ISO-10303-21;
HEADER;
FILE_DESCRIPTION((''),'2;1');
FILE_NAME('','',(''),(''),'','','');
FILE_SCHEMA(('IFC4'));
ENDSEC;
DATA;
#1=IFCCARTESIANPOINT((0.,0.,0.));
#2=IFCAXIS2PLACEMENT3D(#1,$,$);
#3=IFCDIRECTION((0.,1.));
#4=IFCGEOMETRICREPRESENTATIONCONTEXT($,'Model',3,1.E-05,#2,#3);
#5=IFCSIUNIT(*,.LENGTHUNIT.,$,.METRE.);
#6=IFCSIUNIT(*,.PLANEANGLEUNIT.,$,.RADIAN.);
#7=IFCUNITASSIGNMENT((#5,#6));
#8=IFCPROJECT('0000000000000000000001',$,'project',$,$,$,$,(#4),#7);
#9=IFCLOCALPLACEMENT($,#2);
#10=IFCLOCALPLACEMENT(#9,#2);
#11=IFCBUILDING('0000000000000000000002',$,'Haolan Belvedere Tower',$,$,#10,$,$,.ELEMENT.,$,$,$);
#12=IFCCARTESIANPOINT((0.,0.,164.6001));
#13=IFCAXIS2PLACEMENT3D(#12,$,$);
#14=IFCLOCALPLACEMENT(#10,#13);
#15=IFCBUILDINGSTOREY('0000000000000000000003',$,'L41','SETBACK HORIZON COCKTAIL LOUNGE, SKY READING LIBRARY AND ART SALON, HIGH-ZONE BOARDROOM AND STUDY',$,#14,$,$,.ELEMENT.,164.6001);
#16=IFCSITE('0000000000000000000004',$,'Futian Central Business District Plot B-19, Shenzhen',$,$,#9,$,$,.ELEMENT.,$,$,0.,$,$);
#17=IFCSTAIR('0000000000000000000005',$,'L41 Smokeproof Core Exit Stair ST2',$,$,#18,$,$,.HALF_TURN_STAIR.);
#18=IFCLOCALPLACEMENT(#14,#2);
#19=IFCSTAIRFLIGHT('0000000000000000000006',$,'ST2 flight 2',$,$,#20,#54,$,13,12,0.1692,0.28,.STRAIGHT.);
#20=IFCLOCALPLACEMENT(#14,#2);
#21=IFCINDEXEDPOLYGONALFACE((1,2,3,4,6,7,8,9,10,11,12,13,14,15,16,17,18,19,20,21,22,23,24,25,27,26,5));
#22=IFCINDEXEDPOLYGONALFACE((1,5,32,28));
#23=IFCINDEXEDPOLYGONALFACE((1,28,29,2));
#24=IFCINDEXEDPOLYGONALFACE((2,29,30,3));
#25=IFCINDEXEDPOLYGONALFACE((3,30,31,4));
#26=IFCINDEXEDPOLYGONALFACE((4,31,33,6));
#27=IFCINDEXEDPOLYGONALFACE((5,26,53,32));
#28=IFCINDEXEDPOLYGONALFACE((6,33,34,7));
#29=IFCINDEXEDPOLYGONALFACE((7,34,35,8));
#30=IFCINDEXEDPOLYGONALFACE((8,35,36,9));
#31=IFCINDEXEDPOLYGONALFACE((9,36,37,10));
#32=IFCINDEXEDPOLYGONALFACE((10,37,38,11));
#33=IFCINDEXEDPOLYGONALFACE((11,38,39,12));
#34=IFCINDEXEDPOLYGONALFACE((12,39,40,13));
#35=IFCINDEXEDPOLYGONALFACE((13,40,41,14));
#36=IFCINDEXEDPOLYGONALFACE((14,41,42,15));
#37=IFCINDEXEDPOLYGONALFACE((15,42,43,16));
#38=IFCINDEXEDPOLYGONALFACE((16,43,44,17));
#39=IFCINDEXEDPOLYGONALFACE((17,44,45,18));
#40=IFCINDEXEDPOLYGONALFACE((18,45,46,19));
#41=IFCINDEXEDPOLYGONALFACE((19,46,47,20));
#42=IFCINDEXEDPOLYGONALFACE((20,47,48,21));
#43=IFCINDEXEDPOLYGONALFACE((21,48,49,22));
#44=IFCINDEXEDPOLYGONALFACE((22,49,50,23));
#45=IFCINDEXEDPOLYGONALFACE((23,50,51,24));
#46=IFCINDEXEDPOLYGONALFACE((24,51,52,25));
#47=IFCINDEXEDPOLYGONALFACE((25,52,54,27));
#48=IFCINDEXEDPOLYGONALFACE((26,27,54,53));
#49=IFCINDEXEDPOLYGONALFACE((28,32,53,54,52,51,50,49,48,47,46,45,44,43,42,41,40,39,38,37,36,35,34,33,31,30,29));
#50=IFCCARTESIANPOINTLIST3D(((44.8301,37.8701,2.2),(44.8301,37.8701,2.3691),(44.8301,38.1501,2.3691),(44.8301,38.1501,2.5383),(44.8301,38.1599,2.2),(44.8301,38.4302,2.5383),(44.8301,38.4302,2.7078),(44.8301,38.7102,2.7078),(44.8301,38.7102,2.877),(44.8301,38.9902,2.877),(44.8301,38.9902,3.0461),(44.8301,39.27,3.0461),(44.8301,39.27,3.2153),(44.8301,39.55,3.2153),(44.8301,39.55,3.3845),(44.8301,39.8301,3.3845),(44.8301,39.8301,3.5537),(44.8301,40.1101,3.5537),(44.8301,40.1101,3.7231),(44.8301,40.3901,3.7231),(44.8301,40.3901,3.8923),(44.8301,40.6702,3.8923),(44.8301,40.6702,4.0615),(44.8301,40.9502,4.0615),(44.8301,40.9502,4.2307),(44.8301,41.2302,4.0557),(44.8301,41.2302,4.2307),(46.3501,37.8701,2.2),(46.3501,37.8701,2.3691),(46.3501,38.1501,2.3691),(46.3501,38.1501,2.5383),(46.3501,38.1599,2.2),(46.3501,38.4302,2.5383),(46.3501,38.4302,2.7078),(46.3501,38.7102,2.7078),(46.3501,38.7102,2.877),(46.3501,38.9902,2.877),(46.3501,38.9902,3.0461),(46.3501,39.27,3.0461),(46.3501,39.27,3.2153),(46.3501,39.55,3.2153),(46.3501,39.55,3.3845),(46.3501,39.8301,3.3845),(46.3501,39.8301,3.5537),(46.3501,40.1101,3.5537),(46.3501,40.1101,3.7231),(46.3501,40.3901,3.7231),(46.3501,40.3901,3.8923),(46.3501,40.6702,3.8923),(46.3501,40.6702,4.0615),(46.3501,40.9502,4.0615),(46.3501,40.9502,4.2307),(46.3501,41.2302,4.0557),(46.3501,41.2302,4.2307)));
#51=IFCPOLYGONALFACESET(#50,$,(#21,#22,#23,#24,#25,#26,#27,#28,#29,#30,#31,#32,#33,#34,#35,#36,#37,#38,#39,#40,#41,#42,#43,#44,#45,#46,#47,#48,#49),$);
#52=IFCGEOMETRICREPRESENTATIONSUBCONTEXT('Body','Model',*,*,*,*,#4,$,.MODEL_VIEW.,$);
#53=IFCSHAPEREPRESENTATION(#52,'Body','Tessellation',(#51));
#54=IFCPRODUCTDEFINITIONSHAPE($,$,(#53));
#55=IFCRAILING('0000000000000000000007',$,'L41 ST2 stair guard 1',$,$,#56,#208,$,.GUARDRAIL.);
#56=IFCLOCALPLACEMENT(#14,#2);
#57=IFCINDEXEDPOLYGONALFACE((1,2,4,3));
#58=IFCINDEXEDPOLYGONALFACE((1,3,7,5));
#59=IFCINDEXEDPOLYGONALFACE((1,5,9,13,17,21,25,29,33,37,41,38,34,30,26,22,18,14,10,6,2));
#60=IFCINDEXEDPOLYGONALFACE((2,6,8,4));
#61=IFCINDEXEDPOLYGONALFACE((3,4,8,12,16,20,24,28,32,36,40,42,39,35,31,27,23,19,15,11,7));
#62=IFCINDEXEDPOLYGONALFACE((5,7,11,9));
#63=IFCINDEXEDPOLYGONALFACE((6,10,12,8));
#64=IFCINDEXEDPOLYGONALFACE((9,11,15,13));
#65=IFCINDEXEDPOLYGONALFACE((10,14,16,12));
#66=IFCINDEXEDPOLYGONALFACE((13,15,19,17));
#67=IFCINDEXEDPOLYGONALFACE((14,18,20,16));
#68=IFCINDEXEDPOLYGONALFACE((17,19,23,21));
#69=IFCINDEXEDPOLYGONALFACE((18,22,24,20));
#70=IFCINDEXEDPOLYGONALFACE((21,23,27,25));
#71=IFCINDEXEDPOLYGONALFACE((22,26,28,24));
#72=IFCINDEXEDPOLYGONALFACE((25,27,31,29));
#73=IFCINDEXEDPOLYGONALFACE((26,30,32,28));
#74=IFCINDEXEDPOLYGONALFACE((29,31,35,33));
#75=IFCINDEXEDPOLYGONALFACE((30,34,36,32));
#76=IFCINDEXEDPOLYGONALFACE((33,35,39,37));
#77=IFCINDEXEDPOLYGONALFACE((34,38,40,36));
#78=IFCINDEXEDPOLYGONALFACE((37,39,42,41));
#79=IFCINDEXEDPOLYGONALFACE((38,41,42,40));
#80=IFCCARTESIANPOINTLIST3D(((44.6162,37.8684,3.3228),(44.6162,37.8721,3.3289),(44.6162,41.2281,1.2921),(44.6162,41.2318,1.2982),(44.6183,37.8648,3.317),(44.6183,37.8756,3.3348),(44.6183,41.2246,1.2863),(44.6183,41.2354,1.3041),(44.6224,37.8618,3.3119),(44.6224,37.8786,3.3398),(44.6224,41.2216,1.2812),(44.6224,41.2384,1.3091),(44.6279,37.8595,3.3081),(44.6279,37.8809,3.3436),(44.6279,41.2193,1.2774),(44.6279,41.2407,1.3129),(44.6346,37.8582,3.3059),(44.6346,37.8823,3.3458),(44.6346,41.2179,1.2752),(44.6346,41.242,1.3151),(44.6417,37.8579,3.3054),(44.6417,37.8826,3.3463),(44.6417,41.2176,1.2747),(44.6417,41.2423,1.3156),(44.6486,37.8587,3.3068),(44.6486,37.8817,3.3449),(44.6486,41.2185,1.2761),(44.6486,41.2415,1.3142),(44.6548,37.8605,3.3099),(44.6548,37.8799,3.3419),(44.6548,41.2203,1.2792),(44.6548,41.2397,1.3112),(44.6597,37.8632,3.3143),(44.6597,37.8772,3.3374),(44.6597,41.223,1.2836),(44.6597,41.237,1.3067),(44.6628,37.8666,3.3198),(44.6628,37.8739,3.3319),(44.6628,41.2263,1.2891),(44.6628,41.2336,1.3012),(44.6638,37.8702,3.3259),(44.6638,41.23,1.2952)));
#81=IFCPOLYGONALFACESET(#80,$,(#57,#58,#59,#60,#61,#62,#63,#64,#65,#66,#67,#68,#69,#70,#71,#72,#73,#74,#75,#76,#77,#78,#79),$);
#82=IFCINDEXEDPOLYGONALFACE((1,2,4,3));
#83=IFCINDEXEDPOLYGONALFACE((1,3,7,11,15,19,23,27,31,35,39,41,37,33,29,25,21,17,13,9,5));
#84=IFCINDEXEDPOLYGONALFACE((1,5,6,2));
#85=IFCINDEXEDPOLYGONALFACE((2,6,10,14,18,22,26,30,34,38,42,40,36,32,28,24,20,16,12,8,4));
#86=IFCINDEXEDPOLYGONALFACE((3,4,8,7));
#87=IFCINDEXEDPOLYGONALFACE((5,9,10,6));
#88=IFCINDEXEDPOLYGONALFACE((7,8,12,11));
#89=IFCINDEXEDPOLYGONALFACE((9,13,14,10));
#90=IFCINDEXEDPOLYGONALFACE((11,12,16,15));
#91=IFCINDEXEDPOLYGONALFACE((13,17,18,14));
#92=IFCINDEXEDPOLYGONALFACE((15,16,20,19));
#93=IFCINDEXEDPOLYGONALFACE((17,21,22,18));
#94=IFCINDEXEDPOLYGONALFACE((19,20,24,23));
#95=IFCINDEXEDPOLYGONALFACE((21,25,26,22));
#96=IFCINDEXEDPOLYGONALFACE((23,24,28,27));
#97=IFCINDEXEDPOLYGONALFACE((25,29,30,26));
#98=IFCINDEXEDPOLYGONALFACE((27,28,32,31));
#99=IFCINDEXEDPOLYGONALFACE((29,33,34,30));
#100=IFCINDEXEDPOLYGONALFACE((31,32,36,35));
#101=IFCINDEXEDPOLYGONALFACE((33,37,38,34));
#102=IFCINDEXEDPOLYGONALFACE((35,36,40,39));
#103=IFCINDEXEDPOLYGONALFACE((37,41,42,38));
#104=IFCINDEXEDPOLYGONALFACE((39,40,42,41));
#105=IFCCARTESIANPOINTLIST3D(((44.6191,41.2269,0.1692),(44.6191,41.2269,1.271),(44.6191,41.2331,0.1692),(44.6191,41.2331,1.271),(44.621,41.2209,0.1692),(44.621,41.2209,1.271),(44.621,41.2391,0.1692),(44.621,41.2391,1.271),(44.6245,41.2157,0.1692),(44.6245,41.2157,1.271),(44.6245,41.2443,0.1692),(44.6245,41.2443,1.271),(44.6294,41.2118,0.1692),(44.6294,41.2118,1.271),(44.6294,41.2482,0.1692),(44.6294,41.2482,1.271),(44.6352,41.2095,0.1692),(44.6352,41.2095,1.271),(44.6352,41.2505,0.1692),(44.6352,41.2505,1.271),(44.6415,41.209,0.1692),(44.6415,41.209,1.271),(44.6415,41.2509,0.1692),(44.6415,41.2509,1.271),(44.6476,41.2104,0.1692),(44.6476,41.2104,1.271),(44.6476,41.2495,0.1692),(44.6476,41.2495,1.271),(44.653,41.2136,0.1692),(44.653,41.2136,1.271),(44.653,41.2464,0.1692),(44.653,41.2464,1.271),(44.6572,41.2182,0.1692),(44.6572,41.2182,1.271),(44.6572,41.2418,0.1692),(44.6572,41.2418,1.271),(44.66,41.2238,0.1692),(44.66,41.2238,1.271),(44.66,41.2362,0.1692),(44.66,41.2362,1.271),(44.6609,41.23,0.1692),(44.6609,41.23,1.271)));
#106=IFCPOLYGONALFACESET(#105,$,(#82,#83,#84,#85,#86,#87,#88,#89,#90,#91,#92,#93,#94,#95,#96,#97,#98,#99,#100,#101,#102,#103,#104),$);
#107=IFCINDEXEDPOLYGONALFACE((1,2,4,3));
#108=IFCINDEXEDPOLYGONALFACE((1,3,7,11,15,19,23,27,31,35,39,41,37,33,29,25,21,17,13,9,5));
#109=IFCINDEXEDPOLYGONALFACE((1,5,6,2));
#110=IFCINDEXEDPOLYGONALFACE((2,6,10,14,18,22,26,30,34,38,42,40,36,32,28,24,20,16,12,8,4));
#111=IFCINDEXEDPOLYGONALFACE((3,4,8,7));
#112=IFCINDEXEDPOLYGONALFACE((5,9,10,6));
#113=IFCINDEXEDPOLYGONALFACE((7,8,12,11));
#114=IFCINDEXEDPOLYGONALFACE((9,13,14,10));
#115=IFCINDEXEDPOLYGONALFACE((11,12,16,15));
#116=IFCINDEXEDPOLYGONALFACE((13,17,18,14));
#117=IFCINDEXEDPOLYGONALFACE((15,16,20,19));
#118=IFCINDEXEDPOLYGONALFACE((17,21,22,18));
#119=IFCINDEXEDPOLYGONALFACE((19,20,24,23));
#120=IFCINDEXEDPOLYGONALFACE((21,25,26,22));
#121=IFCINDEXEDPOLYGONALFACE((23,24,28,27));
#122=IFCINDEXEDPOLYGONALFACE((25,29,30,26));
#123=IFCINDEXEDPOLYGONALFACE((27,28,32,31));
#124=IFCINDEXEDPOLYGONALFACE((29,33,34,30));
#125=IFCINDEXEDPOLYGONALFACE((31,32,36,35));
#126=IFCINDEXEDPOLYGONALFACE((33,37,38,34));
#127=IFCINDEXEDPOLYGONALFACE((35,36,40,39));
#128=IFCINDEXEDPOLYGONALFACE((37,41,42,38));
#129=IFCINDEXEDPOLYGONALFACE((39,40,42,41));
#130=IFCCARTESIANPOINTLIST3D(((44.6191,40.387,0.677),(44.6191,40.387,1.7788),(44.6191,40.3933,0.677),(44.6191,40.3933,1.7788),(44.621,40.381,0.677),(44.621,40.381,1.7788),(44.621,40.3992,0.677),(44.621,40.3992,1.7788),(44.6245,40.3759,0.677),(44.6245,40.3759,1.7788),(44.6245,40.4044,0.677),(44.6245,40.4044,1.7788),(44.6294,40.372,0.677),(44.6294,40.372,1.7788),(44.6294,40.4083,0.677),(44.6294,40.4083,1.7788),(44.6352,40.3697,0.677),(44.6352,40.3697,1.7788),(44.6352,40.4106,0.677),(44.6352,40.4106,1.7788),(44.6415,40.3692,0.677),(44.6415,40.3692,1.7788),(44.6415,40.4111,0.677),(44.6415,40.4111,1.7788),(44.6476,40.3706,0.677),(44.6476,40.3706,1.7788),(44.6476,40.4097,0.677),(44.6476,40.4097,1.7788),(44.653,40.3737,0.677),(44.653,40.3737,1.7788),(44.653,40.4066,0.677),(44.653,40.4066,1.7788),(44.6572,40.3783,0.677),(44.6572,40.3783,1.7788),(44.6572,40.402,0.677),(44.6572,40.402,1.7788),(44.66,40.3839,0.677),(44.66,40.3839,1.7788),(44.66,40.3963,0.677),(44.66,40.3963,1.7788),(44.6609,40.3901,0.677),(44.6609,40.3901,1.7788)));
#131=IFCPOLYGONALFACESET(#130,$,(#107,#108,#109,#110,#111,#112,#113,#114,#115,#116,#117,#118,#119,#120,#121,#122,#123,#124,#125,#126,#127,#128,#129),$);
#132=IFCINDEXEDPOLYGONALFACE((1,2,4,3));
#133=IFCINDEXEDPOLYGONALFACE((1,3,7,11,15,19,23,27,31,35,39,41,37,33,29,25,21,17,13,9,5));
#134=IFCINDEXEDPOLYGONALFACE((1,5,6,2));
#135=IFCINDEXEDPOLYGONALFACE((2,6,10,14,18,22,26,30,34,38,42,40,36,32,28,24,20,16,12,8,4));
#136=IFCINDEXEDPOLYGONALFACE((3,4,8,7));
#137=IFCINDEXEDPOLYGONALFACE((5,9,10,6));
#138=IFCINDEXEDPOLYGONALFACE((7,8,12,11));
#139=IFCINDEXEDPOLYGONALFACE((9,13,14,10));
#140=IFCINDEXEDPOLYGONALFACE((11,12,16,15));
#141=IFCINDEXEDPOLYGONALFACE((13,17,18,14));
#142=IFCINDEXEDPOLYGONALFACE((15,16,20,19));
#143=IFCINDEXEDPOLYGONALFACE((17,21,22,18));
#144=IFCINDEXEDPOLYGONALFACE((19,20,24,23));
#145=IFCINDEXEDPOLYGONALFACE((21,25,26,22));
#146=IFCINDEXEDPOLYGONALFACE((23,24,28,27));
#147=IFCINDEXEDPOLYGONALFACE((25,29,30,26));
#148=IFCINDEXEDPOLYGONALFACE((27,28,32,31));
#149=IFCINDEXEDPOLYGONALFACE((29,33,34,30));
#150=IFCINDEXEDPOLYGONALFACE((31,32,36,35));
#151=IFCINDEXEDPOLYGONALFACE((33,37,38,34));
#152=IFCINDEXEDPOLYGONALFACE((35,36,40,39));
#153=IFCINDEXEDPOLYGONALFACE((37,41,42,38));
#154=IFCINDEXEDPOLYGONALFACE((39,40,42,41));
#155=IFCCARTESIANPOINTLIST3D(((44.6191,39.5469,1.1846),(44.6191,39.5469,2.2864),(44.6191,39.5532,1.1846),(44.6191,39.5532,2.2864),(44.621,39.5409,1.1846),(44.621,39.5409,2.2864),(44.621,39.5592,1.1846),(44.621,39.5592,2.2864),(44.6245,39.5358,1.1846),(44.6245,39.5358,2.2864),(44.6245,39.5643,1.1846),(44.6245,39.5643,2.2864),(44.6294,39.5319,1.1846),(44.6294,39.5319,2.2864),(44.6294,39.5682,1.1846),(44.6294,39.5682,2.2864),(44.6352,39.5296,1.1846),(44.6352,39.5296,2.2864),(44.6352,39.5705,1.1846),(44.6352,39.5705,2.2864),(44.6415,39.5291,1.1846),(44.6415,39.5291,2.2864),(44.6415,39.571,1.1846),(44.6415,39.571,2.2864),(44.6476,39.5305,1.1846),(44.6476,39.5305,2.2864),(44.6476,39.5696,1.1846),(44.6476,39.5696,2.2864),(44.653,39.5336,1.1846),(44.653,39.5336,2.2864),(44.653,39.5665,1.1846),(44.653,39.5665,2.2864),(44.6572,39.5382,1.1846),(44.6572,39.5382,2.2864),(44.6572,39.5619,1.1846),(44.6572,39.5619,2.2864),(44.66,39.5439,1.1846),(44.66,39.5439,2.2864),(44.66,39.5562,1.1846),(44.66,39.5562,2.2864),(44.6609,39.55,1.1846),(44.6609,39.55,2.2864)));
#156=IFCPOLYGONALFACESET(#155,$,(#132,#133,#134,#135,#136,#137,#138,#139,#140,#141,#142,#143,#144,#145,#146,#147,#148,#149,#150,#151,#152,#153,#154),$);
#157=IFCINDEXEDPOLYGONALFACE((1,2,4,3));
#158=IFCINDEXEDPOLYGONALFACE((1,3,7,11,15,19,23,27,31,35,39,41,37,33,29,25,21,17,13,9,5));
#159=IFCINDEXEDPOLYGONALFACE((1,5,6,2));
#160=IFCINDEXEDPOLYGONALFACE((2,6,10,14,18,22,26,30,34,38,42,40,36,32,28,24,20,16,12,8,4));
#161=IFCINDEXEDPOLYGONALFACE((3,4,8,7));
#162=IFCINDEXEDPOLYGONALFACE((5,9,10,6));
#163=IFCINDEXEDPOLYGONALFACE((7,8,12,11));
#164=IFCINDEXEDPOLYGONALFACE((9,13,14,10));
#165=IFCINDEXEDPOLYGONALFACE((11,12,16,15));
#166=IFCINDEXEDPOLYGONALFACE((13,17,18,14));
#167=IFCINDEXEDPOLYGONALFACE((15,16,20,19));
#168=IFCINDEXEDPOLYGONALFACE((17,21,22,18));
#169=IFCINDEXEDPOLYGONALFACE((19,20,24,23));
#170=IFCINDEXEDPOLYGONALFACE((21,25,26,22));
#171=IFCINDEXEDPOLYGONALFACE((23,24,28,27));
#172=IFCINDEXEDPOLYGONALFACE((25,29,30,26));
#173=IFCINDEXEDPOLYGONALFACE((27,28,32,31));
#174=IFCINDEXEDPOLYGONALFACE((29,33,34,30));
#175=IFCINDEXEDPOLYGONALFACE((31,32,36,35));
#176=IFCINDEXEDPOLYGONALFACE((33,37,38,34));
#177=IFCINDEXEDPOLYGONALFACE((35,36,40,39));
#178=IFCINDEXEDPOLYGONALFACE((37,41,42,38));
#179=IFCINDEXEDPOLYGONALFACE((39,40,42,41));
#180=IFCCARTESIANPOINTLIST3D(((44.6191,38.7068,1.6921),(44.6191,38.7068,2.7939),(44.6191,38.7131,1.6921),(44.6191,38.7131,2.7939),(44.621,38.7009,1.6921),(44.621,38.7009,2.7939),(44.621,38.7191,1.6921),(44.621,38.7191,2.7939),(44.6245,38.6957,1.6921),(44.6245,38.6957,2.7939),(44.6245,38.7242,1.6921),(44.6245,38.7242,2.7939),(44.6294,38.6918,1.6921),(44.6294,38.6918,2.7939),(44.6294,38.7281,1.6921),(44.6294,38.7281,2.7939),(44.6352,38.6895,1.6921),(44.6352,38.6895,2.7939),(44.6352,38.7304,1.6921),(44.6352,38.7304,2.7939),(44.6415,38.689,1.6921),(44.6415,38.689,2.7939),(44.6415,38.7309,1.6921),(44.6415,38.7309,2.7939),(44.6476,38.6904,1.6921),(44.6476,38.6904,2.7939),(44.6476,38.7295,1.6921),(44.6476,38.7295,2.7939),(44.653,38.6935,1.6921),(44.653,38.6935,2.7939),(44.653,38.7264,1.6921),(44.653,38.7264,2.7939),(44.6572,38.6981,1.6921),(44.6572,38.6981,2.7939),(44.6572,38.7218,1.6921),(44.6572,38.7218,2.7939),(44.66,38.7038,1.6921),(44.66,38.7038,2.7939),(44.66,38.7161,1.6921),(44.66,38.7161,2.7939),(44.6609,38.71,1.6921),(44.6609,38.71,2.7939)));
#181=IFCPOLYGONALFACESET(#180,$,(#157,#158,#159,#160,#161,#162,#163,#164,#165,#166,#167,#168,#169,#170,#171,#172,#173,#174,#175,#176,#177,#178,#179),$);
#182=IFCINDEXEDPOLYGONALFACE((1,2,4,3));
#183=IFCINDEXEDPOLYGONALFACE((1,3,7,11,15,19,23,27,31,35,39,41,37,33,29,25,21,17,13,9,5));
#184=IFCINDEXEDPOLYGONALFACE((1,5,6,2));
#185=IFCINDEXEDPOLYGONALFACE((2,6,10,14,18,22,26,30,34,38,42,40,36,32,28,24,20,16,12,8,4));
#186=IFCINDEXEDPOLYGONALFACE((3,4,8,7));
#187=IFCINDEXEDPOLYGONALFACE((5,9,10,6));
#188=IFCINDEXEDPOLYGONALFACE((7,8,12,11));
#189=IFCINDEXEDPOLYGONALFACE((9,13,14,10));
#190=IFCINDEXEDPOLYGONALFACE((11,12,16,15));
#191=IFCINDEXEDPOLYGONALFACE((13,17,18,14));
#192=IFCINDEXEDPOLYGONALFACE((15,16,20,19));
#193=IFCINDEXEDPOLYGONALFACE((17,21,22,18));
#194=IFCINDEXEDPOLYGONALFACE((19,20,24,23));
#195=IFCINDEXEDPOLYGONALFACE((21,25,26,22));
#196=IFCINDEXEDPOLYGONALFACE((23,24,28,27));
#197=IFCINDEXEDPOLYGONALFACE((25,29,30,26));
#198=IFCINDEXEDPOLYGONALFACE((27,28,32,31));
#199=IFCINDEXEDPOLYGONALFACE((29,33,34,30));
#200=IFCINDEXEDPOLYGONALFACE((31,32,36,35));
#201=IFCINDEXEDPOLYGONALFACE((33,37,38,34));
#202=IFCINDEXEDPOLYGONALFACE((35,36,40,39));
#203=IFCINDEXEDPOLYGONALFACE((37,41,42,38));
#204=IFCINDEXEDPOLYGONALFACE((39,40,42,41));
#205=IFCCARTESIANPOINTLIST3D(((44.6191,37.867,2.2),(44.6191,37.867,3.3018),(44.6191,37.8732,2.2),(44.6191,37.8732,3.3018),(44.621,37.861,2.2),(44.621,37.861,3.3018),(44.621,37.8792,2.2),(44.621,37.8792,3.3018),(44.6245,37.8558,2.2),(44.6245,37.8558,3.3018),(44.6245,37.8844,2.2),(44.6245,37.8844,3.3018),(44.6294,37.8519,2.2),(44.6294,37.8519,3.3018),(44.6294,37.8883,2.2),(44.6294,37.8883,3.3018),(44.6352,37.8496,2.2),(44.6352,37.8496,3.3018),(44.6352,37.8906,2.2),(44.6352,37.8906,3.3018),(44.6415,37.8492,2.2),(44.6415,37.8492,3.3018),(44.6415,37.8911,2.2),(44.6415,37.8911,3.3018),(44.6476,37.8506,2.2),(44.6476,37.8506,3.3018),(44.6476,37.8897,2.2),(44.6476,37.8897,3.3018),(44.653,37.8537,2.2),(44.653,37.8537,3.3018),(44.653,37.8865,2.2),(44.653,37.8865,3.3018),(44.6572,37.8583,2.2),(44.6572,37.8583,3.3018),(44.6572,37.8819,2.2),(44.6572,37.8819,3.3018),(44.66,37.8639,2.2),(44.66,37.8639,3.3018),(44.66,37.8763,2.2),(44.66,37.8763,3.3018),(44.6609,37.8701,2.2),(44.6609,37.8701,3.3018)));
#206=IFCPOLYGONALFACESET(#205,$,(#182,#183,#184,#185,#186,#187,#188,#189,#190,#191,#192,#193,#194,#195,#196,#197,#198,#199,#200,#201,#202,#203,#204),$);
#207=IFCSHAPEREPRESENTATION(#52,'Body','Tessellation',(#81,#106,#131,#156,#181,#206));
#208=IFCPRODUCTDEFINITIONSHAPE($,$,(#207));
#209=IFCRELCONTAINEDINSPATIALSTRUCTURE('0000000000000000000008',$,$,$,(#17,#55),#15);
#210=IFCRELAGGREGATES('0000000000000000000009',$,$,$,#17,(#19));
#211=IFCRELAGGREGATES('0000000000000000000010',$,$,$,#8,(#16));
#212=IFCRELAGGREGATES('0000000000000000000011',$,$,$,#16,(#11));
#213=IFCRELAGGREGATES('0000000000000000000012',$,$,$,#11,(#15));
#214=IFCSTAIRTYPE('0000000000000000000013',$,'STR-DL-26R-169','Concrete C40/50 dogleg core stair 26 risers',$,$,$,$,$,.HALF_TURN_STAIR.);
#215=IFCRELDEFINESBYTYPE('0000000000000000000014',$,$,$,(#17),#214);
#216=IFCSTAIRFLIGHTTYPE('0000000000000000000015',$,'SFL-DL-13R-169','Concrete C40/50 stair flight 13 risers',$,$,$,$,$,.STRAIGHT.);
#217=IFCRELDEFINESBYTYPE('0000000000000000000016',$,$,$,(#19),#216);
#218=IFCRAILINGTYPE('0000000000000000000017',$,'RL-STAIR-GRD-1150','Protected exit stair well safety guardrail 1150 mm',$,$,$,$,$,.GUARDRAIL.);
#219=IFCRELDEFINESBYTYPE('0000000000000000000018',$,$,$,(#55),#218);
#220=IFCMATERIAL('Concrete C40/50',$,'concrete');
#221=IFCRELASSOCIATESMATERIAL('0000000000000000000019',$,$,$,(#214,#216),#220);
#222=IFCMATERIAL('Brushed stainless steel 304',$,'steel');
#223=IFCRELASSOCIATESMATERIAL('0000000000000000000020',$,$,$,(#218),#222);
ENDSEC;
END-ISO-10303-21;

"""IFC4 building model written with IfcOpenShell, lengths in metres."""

from ifc_helpers import new_model, si_unit, direction, frame, origin, origin_2d, place, context, subcontext, project, spatial, polyline, circle, outline, extrude, material, type_object, element, aggregate, save


model = new_model("IFC4")

# Units and contexts
model_context = context("Model", 3, precision=1e-05, world=origin(), true_north=direction((0.0, 1.0)))
body_context = subcontext(model_context, "Body", "Model", "MODEL_VIEW")
ifc_project = project(units=[si_unit("LENGTHUNIT", "METRE"), si_unit("PLANEANGLEUNIT", "RADIAN")], contexts=[model_context])

# Site, building, storey
site_placement = place(None, origin())
site = spatial("IfcSite", under=ifc_project, at=site_placement, Name="Futian Central Business District Plot B-19, Shenzhen", CompositionType="ELEMENT", RefElevation=0.0)
building_placement = place(site_placement, origin())
building = spatial("IfcBuilding", under=site, at=building_placement, Name="Haolan Belvedere Tower", CompositionType="ELEMENT")
storey_placement = place(building_placement, frame((0.0, 0.0, 164.6001)))
storey = spatial("IfcBuildingStorey", under=building, at=storey_placement, Name="L41", Description="SETBACK HORIZON COCKTAIL LOUNGE, SKY READING LIBRARY AND ART SALON, HIGH-ZONE BOARDROOM AND STUDY", CompositionType="ELEMENT", Elevation=164.6001)

# Shared definitions
ifc_material_1 = material(Name="Concrete C40/50", Category="concrete")

# Stair, stair flight
stair_type = type_object("IfcStairType", Name="STR-DL-26R-169", Description="Concrete C40/50 dogleg core stair 26 risers", PredefinedType="HALF_TURN_STAIR", material=ifc_material_1)
stair_placement = place(storey_placement, origin())
stair = element("IfcStair", 1, at=stair_placement, inside=storey, type_object=stair_type, Name="L41 Smokeproof Core Exit Stair ST2", PredefinedType="HALF_TURN_STAIR")
stair_flight_type = type_object("IfcStairFlightType", Name="SFL-DL-13R-169", Description="Concrete C40/50 stair flight 13 risers", PredefinedType="STRAIGHT", material=ifc_material_1)
stair_flight_1_placement = place(storey_placement, frame((45.5901, 37.8701, 2.2), z_axis=(0.0, 0.0, 1.0), x_axis=(0.0, 1.0, 0.0)))
stair_flight_1 = element("IfcStairFlight", 2, at=stair_flight_1_placement, type_object=stair_flight_type, Name="ST2 flight 2", NumberOfRisers=13, NumberOfTreads=12, PredefinedType="STRAIGHT", RiserHeight=0.1692, TreadLength=0.28, context=body_context, shape_type="SweptSolid", body=[
    extrude(outline(polyline([(0.0, 0.0), (0.0, 0.1692), (0.28, 0.1692), (0.28, 0.3384), (0.5601, 0.3384), (0.5601, 0.5078), (0.8401, 0.5078), (0.8401, 0.677), (1.1201, 0.677), (1.1201, 0.8462), (1.3999, 0.8462), (1.3999, 1.0154), (1.6799, 1.0154), (1.6799, 1.1846), (1.96, 1.1846), (1.96, 1.3538), (2.24, 1.3538), (2.24, 1.5232), (2.52, 1.5232), (2.52, 1.6924), (2.8, 1.6924), (2.8, 1.8616), (3.0801, 1.8616), (3.0801, 2.0308), (3.3601, 2.0308), (3.3601, 2.2), (3.3601, 1.8557), (0.2898, 0.0), (0.0, 0.0)])), frame((0.0, 0.76, 0.0), z_axis=(0.0, -1.0, 0.0), x_axis=(1.0, 0.0, 0.0)), (0.0, 0.0, 1.0), 1.52),
])
aggregate(stair, [stair_flight_1])

# Railing
ifc_material_2 = material(Name="Brushed stainless steel 304", Category="steel")
railing_type_1 = type_object("IfcRailingType", Name="RL-STAIR-GRD-1150", Description="Protected exit stair well safety guardrail 1150 mm", PredefinedType="GUARDRAIL", material=ifc_material_2)
railing_1_placement = place(storey_placement, frame((44.6399, 41.23, 0.1692)))
element("IfcRailing", 3, at=railing_1_placement, inside=storey, type_object=railing_type_1, Name="L41 ST2 stair guard 1", PredefinedType="GUARDRAIL", context=body_context, shape_type="SweptSolid", body=[
    extrude(circle(Radius=0.0239, at=origin_2d()), frame((0.0, 0.0, 1.126), z_axis=(0.0, -0.85582, 0.517273), x_axis=(1.0, 0.0, 0.0)), (0.0, 0.0, 1.0), 3.9258),
    extrude(circle(Radius=0.021, at=origin_2d()), origin(), (0.0, 0.0, 1.0), 1.1018),
    extrude(circle(Radius=0.021, at=origin_2d()), frame((0.0, -0.8398, 0.5078)), (0.0, 0.0, 1.0), 1.1018),
    extrude(circle(Radius=0.021, at=origin_2d()), frame((0.0, -1.6799, 1.0154)), (0.0, 0.0, 1.0), 1.1018),
    extrude(circle(Radius=0.021, at=origin_2d()), frame((0.0, -2.52, 1.5229)), (0.0, 0.0, 1.0), 1.1018),
    extrude(circle(Radius=0.021, at=origin_2d()), frame((0.0, -3.3599, 2.0308)), (0.0, 0.0, 1.0), 1.1018),
])

save(model, "model.ifc")
